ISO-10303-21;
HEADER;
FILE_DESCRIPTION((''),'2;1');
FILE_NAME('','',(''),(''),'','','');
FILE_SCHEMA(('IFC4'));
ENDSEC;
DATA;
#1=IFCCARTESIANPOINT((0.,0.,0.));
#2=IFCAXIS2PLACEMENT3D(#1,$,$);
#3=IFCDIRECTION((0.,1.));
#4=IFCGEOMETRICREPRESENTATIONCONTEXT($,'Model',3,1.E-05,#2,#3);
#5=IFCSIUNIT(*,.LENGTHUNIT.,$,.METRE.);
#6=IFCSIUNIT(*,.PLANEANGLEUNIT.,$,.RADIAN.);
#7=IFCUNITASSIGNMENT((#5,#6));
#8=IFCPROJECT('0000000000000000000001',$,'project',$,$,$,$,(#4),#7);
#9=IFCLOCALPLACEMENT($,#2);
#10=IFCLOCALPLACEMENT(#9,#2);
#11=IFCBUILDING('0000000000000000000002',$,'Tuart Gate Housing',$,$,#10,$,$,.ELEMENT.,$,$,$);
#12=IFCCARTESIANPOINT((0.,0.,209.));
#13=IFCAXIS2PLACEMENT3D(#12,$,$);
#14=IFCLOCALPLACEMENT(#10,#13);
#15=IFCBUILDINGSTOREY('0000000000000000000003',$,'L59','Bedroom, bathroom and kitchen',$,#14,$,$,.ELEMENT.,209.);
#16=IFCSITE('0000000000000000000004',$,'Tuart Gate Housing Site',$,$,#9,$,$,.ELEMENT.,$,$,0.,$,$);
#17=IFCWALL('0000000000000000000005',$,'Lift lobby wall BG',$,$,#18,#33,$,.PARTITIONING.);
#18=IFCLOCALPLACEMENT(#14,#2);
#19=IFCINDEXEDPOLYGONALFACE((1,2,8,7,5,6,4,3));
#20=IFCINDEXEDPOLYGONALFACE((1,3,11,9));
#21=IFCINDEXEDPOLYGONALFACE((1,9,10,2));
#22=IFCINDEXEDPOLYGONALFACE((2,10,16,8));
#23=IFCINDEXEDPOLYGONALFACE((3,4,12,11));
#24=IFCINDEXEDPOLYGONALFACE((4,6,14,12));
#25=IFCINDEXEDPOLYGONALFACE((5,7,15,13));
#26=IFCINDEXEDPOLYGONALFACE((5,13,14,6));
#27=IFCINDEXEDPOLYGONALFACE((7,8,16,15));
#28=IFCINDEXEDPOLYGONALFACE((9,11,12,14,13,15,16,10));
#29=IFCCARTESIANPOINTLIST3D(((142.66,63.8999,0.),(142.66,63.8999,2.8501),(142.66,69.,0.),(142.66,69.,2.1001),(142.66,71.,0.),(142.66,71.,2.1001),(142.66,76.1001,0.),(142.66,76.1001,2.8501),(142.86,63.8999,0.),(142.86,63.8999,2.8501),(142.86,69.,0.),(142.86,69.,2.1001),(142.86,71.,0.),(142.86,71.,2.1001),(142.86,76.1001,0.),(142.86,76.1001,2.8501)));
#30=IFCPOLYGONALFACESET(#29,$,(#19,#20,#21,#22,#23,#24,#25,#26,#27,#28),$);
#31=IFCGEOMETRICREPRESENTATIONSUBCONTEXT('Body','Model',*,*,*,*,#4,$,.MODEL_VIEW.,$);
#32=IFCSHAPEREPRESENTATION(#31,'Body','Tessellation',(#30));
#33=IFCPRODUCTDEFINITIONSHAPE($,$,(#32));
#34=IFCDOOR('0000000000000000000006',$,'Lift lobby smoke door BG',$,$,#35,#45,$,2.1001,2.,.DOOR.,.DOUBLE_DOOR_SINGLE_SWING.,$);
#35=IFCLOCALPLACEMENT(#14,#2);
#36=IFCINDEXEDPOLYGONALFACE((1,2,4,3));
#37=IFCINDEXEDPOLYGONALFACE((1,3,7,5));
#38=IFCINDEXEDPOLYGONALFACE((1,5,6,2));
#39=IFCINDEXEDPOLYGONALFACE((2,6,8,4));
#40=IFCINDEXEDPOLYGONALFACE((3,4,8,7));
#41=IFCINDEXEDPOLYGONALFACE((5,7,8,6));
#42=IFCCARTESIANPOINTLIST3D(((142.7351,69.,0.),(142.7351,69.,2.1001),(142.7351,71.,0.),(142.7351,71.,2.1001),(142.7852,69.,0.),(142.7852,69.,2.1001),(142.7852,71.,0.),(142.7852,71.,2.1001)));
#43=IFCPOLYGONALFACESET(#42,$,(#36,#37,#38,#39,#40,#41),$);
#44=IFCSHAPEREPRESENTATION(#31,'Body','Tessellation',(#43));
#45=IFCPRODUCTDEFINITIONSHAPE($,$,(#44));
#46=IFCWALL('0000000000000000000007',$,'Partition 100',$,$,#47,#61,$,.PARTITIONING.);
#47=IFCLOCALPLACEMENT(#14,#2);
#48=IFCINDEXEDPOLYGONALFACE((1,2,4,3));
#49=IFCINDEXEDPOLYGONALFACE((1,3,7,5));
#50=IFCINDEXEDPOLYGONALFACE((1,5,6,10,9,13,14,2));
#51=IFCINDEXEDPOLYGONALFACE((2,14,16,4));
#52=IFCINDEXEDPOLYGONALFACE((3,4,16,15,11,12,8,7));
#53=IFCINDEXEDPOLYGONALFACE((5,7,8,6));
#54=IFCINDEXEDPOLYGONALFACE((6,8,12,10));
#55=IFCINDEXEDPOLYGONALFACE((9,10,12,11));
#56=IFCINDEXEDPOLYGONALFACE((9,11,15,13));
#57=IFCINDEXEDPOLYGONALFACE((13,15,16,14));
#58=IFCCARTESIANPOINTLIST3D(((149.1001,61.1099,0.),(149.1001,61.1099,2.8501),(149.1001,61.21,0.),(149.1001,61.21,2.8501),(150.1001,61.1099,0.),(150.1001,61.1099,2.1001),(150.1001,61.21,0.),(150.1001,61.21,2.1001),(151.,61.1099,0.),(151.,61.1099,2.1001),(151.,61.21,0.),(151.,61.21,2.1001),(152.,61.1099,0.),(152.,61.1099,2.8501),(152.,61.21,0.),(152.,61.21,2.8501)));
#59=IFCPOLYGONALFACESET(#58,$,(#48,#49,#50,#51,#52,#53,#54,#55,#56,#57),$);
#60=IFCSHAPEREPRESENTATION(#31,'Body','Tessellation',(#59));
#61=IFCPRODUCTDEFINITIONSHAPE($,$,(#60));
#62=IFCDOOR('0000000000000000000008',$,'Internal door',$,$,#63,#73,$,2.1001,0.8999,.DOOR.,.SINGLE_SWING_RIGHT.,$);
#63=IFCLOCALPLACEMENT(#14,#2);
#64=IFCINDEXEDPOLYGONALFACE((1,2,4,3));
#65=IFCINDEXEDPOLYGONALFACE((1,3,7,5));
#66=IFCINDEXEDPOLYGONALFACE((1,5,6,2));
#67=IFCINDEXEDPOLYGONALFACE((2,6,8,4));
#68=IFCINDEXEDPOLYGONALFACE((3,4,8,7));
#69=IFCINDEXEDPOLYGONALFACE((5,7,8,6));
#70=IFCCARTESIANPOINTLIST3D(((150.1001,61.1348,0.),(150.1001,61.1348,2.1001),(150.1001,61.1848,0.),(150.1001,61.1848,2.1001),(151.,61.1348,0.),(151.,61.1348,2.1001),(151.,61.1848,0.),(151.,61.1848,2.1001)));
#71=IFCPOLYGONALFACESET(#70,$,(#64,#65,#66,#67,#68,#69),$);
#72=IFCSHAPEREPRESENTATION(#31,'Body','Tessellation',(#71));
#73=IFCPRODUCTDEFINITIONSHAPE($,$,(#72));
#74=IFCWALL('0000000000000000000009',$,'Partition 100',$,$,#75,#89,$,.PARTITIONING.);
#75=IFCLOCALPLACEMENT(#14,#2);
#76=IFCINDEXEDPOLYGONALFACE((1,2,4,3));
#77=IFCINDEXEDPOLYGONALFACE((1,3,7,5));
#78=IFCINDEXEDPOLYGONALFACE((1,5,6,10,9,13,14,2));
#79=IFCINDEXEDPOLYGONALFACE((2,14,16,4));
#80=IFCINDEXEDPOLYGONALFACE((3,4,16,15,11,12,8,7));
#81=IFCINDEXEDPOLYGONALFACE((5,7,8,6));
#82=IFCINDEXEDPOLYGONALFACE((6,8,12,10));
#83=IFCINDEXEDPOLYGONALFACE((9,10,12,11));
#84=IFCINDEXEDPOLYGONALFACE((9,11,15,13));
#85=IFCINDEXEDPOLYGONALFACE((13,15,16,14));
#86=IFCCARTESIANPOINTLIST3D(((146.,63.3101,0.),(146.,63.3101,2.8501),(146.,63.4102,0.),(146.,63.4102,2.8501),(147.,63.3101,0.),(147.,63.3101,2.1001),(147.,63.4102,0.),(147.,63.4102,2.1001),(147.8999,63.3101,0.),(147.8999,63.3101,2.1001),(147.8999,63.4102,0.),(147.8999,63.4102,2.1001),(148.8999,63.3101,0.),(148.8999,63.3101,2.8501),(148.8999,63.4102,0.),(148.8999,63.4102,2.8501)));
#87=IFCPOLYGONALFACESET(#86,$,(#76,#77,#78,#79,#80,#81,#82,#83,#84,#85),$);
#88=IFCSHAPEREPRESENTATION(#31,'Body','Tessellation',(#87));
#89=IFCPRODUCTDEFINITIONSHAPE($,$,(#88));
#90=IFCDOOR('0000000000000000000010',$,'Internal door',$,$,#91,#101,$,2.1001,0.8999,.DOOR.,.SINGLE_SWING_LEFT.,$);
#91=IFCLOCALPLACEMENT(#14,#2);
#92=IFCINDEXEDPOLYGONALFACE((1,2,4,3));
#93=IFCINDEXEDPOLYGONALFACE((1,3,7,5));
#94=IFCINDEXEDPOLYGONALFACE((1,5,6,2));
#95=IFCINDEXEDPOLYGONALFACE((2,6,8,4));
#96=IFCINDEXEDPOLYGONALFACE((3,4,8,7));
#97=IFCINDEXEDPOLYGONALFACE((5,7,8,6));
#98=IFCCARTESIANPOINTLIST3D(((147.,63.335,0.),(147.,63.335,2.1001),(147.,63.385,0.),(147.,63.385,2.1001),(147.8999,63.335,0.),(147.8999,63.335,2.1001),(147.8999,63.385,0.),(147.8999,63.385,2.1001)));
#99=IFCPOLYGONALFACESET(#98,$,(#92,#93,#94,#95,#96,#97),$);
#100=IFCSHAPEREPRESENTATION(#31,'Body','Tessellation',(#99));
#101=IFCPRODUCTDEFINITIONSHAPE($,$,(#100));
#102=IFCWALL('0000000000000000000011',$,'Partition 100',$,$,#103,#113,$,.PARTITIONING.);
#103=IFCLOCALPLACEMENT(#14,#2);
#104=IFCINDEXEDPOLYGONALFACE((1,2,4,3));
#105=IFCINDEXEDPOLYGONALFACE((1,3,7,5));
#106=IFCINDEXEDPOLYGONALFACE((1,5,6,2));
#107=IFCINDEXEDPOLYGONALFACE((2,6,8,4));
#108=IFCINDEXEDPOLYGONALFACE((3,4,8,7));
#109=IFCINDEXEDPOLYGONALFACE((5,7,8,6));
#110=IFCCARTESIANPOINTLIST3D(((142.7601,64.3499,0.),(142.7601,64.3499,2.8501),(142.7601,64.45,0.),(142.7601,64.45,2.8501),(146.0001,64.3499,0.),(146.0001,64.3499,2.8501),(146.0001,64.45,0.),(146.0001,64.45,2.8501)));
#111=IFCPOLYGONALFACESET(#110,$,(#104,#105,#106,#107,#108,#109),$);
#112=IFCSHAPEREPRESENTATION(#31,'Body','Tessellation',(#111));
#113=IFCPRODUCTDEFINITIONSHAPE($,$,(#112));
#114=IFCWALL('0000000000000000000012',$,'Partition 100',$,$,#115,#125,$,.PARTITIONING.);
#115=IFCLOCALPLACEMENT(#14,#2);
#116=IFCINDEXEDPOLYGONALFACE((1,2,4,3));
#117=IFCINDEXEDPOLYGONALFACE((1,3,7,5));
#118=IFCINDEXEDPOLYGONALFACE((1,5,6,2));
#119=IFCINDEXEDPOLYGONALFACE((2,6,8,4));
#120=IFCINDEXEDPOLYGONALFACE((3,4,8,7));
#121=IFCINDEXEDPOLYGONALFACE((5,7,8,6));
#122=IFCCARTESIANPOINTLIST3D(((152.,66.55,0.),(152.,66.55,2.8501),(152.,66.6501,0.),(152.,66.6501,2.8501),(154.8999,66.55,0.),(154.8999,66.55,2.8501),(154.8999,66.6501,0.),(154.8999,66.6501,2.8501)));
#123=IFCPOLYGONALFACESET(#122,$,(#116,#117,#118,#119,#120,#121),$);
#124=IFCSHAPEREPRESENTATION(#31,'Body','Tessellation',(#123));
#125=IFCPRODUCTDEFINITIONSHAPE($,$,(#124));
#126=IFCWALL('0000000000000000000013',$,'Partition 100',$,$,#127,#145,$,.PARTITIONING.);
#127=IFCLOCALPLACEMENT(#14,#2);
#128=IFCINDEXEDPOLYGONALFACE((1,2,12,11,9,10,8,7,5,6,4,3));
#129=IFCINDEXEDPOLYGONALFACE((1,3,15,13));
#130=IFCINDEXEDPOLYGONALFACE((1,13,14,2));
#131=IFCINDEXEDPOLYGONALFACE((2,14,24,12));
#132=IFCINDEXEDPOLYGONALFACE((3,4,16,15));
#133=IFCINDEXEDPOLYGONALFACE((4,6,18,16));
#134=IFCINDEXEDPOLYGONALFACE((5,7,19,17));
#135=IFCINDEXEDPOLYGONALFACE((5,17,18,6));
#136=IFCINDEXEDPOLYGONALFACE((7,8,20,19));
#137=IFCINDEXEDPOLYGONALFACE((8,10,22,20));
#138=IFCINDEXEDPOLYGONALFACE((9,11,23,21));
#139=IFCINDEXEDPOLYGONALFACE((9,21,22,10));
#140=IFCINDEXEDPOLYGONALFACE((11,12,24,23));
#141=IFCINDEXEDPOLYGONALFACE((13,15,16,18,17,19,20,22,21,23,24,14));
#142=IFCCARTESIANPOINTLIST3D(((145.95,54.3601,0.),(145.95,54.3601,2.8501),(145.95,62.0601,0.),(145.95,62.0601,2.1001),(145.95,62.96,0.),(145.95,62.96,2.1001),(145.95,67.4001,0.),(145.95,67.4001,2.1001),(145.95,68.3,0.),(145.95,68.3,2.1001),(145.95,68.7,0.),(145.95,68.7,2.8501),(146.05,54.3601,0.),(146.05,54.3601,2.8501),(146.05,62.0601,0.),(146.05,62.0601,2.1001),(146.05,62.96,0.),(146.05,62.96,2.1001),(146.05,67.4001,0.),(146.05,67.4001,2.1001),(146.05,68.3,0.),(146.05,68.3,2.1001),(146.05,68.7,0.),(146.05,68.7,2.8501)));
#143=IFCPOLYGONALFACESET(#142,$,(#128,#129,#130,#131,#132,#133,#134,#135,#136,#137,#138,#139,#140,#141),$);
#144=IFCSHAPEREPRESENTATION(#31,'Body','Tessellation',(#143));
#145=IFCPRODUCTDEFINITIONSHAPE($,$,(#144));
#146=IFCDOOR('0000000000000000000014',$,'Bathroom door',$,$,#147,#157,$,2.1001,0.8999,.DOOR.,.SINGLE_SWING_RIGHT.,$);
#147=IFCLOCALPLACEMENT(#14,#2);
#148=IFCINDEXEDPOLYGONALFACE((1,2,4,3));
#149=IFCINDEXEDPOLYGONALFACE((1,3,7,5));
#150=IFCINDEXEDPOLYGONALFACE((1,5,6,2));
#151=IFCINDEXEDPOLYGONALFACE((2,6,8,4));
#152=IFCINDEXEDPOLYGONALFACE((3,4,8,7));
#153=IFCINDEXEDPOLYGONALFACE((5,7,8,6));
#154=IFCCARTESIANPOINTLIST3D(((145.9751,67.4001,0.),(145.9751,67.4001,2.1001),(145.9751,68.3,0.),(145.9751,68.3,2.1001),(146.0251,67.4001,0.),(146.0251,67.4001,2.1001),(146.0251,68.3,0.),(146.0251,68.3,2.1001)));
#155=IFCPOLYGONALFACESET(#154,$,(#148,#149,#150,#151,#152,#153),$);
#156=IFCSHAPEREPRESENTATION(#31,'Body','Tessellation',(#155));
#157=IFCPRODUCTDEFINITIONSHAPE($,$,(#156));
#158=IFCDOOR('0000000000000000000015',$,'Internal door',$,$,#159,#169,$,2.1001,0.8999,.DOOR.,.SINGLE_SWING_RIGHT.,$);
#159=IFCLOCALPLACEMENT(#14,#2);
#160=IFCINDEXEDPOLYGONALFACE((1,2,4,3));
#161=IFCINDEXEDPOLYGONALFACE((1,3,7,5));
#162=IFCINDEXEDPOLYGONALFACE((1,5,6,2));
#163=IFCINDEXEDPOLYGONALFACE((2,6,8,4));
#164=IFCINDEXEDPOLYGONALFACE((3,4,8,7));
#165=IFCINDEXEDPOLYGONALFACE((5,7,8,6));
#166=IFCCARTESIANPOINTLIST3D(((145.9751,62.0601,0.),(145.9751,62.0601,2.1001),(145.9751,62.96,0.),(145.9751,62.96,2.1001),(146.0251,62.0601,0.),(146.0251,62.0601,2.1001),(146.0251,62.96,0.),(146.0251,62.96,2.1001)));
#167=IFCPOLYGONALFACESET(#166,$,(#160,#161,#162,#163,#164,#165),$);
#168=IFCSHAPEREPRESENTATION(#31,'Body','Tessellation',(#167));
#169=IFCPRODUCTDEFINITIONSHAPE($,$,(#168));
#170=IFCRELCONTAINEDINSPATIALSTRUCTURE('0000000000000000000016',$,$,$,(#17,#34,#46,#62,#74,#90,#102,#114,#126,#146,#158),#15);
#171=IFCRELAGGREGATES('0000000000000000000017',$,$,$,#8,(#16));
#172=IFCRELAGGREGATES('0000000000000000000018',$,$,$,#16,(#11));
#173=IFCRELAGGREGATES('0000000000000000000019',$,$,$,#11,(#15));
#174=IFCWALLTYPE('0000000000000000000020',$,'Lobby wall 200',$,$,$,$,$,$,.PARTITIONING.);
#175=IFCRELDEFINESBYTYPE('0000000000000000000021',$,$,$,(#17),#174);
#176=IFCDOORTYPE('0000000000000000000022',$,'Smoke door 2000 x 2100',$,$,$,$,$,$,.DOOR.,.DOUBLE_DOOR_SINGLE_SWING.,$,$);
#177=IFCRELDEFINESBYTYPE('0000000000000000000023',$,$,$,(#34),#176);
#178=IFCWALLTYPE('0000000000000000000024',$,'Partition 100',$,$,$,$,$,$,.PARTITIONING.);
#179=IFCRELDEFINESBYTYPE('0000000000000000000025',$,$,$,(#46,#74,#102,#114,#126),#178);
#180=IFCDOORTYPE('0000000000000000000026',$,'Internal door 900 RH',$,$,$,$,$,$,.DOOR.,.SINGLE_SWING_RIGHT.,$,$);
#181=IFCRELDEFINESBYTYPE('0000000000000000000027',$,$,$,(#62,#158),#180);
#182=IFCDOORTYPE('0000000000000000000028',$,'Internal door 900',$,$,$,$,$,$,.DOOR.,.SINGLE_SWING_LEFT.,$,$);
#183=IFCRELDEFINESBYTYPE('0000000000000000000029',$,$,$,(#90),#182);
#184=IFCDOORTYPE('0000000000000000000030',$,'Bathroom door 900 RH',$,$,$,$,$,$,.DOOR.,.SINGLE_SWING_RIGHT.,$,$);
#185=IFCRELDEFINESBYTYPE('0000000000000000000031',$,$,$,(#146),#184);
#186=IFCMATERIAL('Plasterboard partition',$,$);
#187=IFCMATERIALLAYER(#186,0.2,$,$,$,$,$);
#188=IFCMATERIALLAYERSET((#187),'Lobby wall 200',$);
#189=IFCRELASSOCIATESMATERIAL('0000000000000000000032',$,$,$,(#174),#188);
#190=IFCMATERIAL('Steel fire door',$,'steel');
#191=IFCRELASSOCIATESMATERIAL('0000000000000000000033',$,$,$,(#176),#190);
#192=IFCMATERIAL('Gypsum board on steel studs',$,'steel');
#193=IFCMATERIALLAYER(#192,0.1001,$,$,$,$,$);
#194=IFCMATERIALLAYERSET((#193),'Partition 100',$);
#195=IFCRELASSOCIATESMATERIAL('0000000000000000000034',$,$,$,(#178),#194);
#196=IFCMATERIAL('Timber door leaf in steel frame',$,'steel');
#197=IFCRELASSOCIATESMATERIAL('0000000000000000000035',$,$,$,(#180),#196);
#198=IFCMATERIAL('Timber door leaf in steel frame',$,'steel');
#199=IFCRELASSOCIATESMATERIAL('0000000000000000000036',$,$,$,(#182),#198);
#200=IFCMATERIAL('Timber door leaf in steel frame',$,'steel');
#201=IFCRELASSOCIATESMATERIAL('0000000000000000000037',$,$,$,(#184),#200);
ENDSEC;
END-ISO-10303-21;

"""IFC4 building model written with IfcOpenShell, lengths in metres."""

from ifc_helpers import new_model, si_unit, direction, frame, frame_2d, origin, place, context, subcontext, project, spatial, rectangle, extrude, material, layer, layer_set, type_object, element, fill, save


model = new_model("IFC4")

# Units and contexts
model_context = context("Model", 3, precision=1e-05, world=origin(), true_north=direction((0.0, 1.0)))
body_context = subcontext(model_context, "Body", "Model", "MODEL_VIEW")
ifc_project = project(units=[si_unit("LENGTHUNIT", "METRE"), si_unit("PLANEANGLEUNIT", "RADIAN")], contexts=[model_context])

# Site, building, storey
site_placement = place(None, origin())
site = spatial("IfcSite", under=ifc_project, at=site_placement, Name="Tuart Gate Housing Site", CompositionType="ELEMENT", RefElevation=0.0)
building_placement = place(site_placement, origin())
building = spatial("IfcBuilding", under=site, at=building_placement, Name="Tuart Gate Housing", CompositionType="ELEMENT")
storey_placement = place(building_placement, frame((0.0, 0.0, 209.0)))
storey = spatial("IfcBuildingStorey", under=building, at=storey_placement, Name="L59", Description="Bedroom, bathroom and kitchen", CompositionType="ELEMENT", Elevation=209.0)

# Walls, openings, doors
ifc_material_1 = material(Name="Plasterboard partition")
ifc_layer_1 = layer(ifc_material_1, 0.2)
ifc_layer_set_1 = layer_set([ifc_layer_1], Name="Lobby wall 200")
wall_type_1 = type_object("IfcWallType", Name="Lobby wall 200", PredefinedType="PARTITIONING", material=ifc_layer_set_1)
wall_1_placement = place(storey_placement, frame((142.76, 63.8999, 0.0), z_axis=(0.0, 0.0, 1.0), x_axis=(0.0, 1.0, 0.0)))
wall_1 = element("IfcWall", 1, at=wall_1_placement, inside=storey, type_object=wall_type_1, Name="Lift lobby wall BG", PredefinedType="PARTITIONING", context=body_context, shape_type="SweptSolid", body=[
    extrude(rectangle(XDim=12.2002, YDim=0.2, at=frame_2d((6.1001, 0.0))), origin(), (0.0, 0.0, 1.0), 2.8501),
])
opening_1_placement = place(wall_1_placement, frame((5.1001, 0.0, 0.0)))
opening_1 = element("IfcOpeningElement", 2, at=opening_1_placement, cuts=wall_1, PredefinedType="OPENING", context=body_context, shape_type="SweptSolid", body=[
    extrude(rectangle(XDim=2.0, YDim=2.1001, at=frame_2d((1.0, 1.05))), frame((0.0, 0.1099, 0.0), z_axis=(0.0, -1.0, 0.0), x_axis=(1.0, 0.0, 0.0)), (0.0, 0.0, 1.0), 0.22),
])
ifc_material_2 = material(Name="Steel fire door", Category="steel")
door_type_1 = type_object("IfcDoorType", Name="Smoke door 2000 x 2100", OperationType="DOUBLE_DOOR_SINGLE_SWING", PredefinedType="DOOR", material=ifc_material_2)
door_1_placement = place(opening_1_placement, origin())
door_1 = element("IfcDoor", 3, at=door_1_placement, inside=storey, type_object=door_type_1, Name="Lift lobby smoke door BG", OperationType="DOUBLE_DOOR_SINGLE_SWING", OverallHeight=2.1001, OverallWidth=2.0, PredefinedType="DOOR", context=body_context, shape_type="SweptSolid", body=[
    extrude(rectangle(XDim=2.0, YDim=2.1001, at=frame_2d((1.0, 1.05))), frame((0.0, 0.0249, 0.0), z_axis=(0.0, -1.0, 0.0), x_axis=(1.0, 0.0, 0.0)), (0.0, 0.0, 1.0), 0.05),
])
fill(opening_1, door_1)
ifc_material_3 = material(Name="Gypsum board on steel studs", Category="steel")
ifc_layer_2 = layer(ifc_material_3, 0.1001)
ifc_layer_set_2 = layer_set([ifc_layer_2], Name="Partition 100")
wall_type_2 = type_object("IfcWallType", Name="Partition 100", PredefinedType="PARTITIONING", material=ifc_layer_set_2)
wall_2_placement = place(storey_placement, frame((149.1001, 61.1599, 0.0), z_axis=(0.0, 0.0, 1.0), x_axis=(1.0, 0.0, 0.0)))
wall_2 = element("IfcWall", 4, at=wall_2_placement, inside=storey, type_object=wall_type_2, Name="Partition 100", PredefinedType="PARTITIONING", context=body_context, shape_type="SweptSolid", body=[
    extrude(rectangle(XDim=2.8999, YDim=0.1001, at=frame_2d((1.45, 0.0))), origin(), (0.0, 0.0, 1.0), 2.8501),
])
opening_2_placement = place(wall_2_placement, frame((1.0, 0.0, 0.0)))
opening_2 = element("IfcOpeningElement", 5, at=opening_2_placement, cuts=wall_2, PredefinedType="OPENING", context=body_context, shape_type="SweptSolid", body=[
    extrude(rectangle(XDim=0.8999, YDim=2.1001, at=frame_2d((0.45, 1.05))), frame((0.0, 0.0601, 0.0), z_axis=(0.0, -1.0, 0.0), x_axis=(1.0, 0.0, 0.0)), (0.0, 0.0, 1.0), 0.1201),
])
ifc_material_4 = material(Name="Timber door leaf in steel frame", Category="steel")
door_type_2 = type_object("IfcDoorType", Name="Internal door 900 RH", OperationType="SINGLE_SWING_RIGHT", PredefinedType="DOOR", material=ifc_material_4)
door_2_placement = place(opening_2_placement, origin())
door_2 = element("IfcDoor", 6, at=door_2_placement, inside=storey, type_object=door_type_2, Name="Internal door", OperationType="SINGLE_SWING_RIGHT", OverallHeight=2.1001, OverallWidth=0.8999, PredefinedType="DOOR", context=body_context, shape_type="SweptSolid", body=[
    extrude(rectangle(XDim=0.8999, YDim=2.1001, at=frame_2d((0.45, 1.05))), frame((0.0, 0.0249, 0.0), z_axis=(0.0, -1.0, 0.0), x_axis=(1.0, 0.0, 0.0)), (0.0, 0.0, 1.0), 0.05),
])
fill(opening_2, door_2)
wall_3_placement = place(storey_placement, frame((146.0, 63.3601, 0.0), z_axis=(0.0, 0.0, 1.0), x_axis=(1.0, 0.0, 0.0)))
wall_3 = element("IfcWall", 7, at=wall_3_placement, inside=storey, type_object=wall_type_2, Name="Partition 100", PredefinedType="PARTITIONING", context=body_context, shape_type="SweptSolid", body=[
    extrude(rectangle(XDim=2.8999, YDim=0.1001, at=frame_2d((1.45, 0.0))), origin(), (0.0, 0.0, 1.0), 2.8501),
])
opening_3_placement = place(wall_3_placement, frame((1.0, 0.0, 0.0)))
opening_3 = element("IfcOpeningElement", 8, at=opening_3_placement, cuts=wall_3, PredefinedType="OPENING", context=body_context, shape_type="SweptSolid", body=[
    extrude(rectangle(XDim=0.8999, YDim=2.1001, at=frame_2d((0.45, 1.05))), frame((0.0, 0.0601, 0.0), z_axis=(0.0, -1.0, 0.0), x_axis=(1.0, 0.0, 0.0)), (0.0, 0.0, 1.0), 0.1201),
])
ifc_material_5 = material(Name="Timber door leaf in steel frame", Category="steel")
door_type_3 = type_object("IfcDoorType", Name="Internal door 900", OperationType="SINGLE_SWING_LEFT", PredefinedType="DOOR", material=ifc_material_5)
door_3_placement = place(opening_3_placement, origin())
door_3 = element("IfcDoor", 9, at=door_3_placement, inside=storey, type_object=door_type_3, Name="Internal door", OperationType="SINGLE_SWING_LEFT", OverallHeight=2.1001, OverallWidth=0.8999, PredefinedType="DOOR", context=body_context, shape_type="SweptSolid", body=[
    extrude(rectangle(XDim=0.8999, YDim=2.1001, at=frame_2d((0.45, 1.05))), frame((0.0, 0.0249, 0.0), z_axis=(0.0, -1.0, 0.0), x_axis=(1.0, 0.0, 0.0)), (0.0, 0.0, 1.0), 0.05),
])
fill(opening_3, door_3)

# Walls
wall_4_placement = place(storey_placement, frame((142.76, 64.3999, 0.0), z_axis=(0.0, 0.0, 1.0), x_axis=(1.0, 0.0, 0.0)))
element("IfcWall", 10, at=wall_4_placement, inside=storey, type_object=wall_type_2, Name="Partition 100", PredefinedType="PARTITIONING", context=body_context, shape_type="SweptSolid", body=[
    extrude(rectangle(XDim=3.24, YDim=0.1001, at=frame_2d((1.6201, 0.0))), origin(), (0.0, 0.0, 1.0), 2.8501),
])
wall_5_placement = place(storey_placement, frame((152.0, 66.6001, 0.0), z_axis=(0.0, 0.0, 1.0), x_axis=(1.0, 0.0, 0.0)))
element("IfcWall", 11, at=wall_5_placement, inside=storey, type_object=wall_type_2, Name="Partition 100", PredefinedType="PARTITIONING", context=body_context, shape_type="SweptSolid", body=[
    extrude(rectangle(XDim=2.8999, YDim=0.1001, at=frame_2d((1.45, 0.0))), origin(), (0.0, 0.0, 1.0), 2.8501),
])

# Wall, openings, doors
wall_6_placement = place(storey_placement, frame((146.0, 54.3601, 0.0), z_axis=(0.0, 0.0, 1.0), x_axis=(0.0, 1.0, 0.0)))
wall_6 = element("IfcWall", 12, at=wall_6_placement, inside=storey, type_object=wall_type_2, Name="Partition 100", PredefinedType="PARTITIONING", context=body_context, shape_type="SweptSolid", body=[
    extrude(rectangle(XDim=14.3398, YDim=0.1001, at=frame_2d((7.1699, 0.0))), origin(), (0.0, 0.0, 1.0), 2.8501),
])
opening_4_placement = place(wall_6_placement, frame((7.7, 0.0, 0.0)))
opening_4 = element("IfcOpeningElement", 13, at=opening_4_placement, cuts=wall_6, PredefinedType="OPENING", context=body_context, shape_type="SweptSolid", body=[
    extrude(rectangle(XDim=0.8999, YDim=2.1001, at=frame_2d((0.45, 1.05))), frame((0.0, 0.0601, 0.0), z_axis=(0.0, -1.0, 0.0), x_axis=(1.0, 0.0, 0.0)), (0.0, 0.0, 1.0), 0.1201),
])
opening_5_placement = place(wall_6_placement, frame((13.04, 0.0, 0.0)))
opening_5 = element("IfcOpeningElement", 14, at=opening_5_placement, cuts=wall_6, PredefinedType="OPENING", context=body_context, shape_type="SweptSolid", body=[
    extrude(rectangle(XDim=0.8999, YDim=2.1001, at=frame_2d((0.45, 1.05))), frame((0.0, 0.0601, 0.0), z_axis=(0.0, -1.0, 0.0), x_axis=(1.0, 0.0, 0.0)), (0.0, 0.0, 1.0), 0.1201),
])
ifc_material_6 = material(Name="Timber door leaf in steel frame", Category="steel")
door_type_4 = type_object("IfcDoorType", Name="Bathroom door 900 RH", OperationType="SINGLE_SWING_RIGHT", PredefinedType="DOOR", material=ifc_material_6)
door_4_placement = place(opening_5_placement, origin())
door_4 = element("IfcDoor", 15, at=door_4_placement, inside=storey, type_object=door_type_4, Name="Bathroom door", OperationType="SINGLE_SWING_RIGHT", OverallHeight=2.1001, OverallWidth=0.8999, PredefinedType="DOOR", context=body_context, shape_type="SweptSolid", body=[
    extrude(rectangle(XDim=0.8999, YDim=2.1001, at=frame_2d((0.45, 1.05))), frame((0.0, 0.0249, 0.0), z_axis=(0.0, -1.0, 0.0), x_axis=(1.0, 0.0, 0.0)), (0.0, 0.0, 1.0), 0.05),
])
fill(opening_5, door_4)
door_5_placement = place(opening_4_placement, origin())
door_5 = element("IfcDoor", 16, at=door_5_placement, inside=storey, type_object=door_type_2, Name="Internal door", OperationType="SINGLE_SWING_RIGHT", OverallHeight=2.1001, OverallWidth=0.8999, PredefinedType="DOOR", context=body_context, shape_type="SweptSolid", body=[
    extrude(rectangle(XDim=0.8999, YDim=2.1001, at=frame_2d((0.45, 1.05))), frame((0.0, 0.0249, 0.0), z_axis=(0.0, -1.0, 0.0), x_axis=(1.0, 0.0, 0.0)), (0.0, 0.0, 1.0), 0.05),
])
fill(opening_4, door_5)

save(model, "model.ifc")
